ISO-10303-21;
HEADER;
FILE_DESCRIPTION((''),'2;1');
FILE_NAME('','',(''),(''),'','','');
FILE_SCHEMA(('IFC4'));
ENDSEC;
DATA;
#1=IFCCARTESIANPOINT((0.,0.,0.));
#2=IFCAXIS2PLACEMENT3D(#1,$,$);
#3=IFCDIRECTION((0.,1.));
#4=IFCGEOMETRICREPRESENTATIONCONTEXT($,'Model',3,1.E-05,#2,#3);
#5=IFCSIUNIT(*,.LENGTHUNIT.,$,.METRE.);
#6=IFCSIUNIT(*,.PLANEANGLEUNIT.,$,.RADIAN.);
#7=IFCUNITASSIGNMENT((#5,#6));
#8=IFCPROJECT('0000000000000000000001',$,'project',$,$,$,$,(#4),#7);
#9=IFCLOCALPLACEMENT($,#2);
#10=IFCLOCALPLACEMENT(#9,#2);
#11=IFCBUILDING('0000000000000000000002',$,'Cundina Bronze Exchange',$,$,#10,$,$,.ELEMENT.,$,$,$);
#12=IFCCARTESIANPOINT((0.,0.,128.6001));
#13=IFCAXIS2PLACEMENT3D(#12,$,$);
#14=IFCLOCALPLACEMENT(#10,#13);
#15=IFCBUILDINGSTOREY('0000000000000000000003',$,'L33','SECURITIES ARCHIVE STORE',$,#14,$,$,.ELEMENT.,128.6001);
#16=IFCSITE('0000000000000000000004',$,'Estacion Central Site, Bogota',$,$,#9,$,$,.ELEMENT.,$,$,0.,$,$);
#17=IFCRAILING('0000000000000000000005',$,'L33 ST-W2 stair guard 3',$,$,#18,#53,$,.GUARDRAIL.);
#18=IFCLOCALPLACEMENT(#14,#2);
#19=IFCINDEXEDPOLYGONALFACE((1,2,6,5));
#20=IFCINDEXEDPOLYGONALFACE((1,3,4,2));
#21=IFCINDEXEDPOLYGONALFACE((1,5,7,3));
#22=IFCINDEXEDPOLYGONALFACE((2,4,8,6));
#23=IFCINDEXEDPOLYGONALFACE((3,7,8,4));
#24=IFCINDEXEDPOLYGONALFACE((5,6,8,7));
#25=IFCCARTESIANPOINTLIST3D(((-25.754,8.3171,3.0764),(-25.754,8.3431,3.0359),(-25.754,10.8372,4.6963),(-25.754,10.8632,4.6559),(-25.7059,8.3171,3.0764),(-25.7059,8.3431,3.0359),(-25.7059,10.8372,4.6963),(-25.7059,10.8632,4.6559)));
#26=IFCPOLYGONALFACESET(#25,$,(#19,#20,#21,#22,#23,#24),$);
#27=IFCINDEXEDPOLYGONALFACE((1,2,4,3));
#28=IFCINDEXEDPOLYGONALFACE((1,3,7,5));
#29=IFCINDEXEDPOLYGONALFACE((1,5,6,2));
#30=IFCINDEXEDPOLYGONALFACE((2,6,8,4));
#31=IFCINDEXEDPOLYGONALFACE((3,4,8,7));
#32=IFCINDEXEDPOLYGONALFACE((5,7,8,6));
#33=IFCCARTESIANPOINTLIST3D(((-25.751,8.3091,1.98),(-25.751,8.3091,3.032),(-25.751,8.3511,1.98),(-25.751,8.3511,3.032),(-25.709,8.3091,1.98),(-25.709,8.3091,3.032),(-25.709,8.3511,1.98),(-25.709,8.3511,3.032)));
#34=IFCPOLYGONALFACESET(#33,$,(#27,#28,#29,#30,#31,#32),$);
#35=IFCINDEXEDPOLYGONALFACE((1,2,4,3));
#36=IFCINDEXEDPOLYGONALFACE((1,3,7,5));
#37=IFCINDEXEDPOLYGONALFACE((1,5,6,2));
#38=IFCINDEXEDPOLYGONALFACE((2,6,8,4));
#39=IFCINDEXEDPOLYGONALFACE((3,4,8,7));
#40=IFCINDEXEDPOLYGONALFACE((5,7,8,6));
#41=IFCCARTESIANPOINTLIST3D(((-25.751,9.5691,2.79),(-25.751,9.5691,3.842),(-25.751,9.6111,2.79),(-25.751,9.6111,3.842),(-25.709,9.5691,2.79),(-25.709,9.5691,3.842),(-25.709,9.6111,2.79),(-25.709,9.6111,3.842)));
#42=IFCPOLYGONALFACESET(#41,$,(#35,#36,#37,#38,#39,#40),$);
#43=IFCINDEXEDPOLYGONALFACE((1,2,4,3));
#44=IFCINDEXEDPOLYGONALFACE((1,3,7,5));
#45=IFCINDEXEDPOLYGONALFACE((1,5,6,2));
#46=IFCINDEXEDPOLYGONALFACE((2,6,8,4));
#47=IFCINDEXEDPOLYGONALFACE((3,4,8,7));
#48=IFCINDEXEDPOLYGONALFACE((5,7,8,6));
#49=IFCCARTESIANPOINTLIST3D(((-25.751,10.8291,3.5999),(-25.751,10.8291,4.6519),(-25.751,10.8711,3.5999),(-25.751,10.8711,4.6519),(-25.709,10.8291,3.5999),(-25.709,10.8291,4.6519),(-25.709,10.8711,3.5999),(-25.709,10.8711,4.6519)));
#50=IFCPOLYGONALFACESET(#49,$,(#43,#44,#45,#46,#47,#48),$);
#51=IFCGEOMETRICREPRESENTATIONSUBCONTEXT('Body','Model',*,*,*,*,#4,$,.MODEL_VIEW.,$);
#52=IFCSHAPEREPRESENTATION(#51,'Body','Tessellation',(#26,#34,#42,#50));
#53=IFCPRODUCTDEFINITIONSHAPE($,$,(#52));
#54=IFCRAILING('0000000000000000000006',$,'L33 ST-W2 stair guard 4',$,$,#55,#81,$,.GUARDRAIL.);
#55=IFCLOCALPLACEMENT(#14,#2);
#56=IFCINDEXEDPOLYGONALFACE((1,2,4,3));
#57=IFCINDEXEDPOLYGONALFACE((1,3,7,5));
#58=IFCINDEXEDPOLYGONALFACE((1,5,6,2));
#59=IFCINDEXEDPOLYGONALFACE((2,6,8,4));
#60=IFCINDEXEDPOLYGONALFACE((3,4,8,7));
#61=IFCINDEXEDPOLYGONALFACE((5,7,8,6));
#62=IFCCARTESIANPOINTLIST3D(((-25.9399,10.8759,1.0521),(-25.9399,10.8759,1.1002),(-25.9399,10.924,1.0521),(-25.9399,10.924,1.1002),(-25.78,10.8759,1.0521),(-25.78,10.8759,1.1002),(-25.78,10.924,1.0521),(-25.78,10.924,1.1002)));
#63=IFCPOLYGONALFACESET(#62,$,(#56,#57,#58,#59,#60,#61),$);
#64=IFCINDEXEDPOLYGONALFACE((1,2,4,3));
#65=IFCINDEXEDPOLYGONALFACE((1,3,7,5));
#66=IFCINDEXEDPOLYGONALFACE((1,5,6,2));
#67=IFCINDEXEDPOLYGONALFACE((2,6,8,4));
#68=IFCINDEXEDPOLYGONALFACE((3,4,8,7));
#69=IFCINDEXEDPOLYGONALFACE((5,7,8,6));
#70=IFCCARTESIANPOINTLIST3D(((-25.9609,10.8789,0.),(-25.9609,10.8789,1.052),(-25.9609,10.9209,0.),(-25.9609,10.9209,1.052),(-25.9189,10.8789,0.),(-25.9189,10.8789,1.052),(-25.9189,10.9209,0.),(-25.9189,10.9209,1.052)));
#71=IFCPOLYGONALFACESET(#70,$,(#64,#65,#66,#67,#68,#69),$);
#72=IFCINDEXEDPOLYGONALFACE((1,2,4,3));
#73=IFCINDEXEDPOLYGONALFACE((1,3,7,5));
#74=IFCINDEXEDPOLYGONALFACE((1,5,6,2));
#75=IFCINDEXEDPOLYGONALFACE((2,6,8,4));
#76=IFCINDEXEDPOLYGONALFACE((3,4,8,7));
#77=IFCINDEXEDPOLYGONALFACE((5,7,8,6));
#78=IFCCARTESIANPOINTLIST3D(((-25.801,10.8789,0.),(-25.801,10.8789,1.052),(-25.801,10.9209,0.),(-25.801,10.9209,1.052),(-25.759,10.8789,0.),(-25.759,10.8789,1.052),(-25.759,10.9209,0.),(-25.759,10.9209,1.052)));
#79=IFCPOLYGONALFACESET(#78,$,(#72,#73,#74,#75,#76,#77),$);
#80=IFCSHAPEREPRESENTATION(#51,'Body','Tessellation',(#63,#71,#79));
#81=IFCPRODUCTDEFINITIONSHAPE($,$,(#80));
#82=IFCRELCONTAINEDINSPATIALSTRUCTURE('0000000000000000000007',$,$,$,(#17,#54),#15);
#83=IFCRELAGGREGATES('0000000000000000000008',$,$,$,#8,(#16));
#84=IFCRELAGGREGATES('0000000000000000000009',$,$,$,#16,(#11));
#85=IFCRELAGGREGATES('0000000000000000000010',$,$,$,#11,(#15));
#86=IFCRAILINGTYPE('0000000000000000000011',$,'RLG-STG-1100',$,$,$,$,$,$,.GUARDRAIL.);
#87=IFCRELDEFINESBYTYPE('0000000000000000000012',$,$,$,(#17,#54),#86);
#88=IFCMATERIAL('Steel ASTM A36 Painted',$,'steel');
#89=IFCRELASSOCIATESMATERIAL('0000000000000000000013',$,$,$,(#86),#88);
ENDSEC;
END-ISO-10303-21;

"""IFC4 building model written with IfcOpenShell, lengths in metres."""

from ifc_helpers import new_model, si_unit, direction, frame, origin, origin_2d, place, context, subcontext, project, spatial, rectangle, extrude, material, type_object, element, save


model = new_model("IFC4")

# Units and contexts
model_context = context("Model", 3, precision=1e-05, world=origin(), true_north=direction((0.0, 1.0)))
body_context = subcontext(model_context, "Body", "Model", "MODEL_VIEW")
ifc_project = project(units=[si_unit("LENGTHUNIT", "METRE"), si_unit("PLANEANGLEUNIT", "RADIAN")], contexts=[model_context])

# Site, building, storey
site_placement = place(None, origin())
site = spatial("IfcSite", under=ifc_project, at=site_placement, Name="Estacion Central Site, Bogota", CompositionType="ELEMENT", RefElevation=0.0)
building_placement = place(site_placement, origin())
building = spatial("IfcBuilding", under=site, at=building_placement, Name="Cundina Bronze Exchange", CompositionType="ELEMENT")
storey_placement = place(building_placement, frame((0.0, 0.0, 128.6001)))
storey = spatial("IfcBuildingStorey", under=building, at=storey_placement, Name="L33", Description="SECURITIES ARCHIVE STORE", CompositionType="ELEMENT", Elevation=128.6001)

# Shared definitions
ifc_material_1 = material(Name="Steel ASTM A36 Painted", Category="steel")

# Railings
railing_type_1 = type_object("IfcRailingType", Name="RLG-STG-1100", PredefinedType="GUARDRAIL", material=ifc_material_1)
railing_1_placement = place(storey_placement, frame((-25.73, 8.3301, 1.98)))
element("IfcRailing", 1, at=railing_1_placement, inside=storey, type_object=railing_type_1, Name="L33 ST-W2 stair guard 3", PredefinedType="GUARDRAIL", context=body_context, shape_type="SweptSolid", body=[
    extrude(rectangle(XDim=0.0481, YDim=0.0481, at=origin_2d()), frame((0.0, 0.0, 1.0762), z_axis=(0.0, 0.8412, 0.540725), x_axis=(-1.0, 0.0, 0.0)), (0.0, 0.0, 1.0), 2.9958),
    extrude(rectangle(XDim=0.042, YDim=0.042, at=origin_2d()), origin(), (0.0, 0.0, 1.0), 1.052),
    extrude(rectangle(XDim=0.042, YDim=0.042, at=origin_2d()), frame((0.0, 1.26, 0.8101)), (0.0, 0.0, 1.0), 1.052),
    extrude(rectangle(XDim=0.042, YDim=0.042, at=origin_2d()), frame((0.0, 2.52, 1.6199)), (0.0, 0.0, 1.0), 1.052),
])
railing_2_placement = place(storey_placement, frame((-25.9399, 10.8999, 0.0)))
element("IfcRailing", 2, at=railing_2_placement, inside=storey, type_object=railing_type_1, Name="L33 ST-W2 stair guard 4", PredefinedType="GUARDRAIL", context=body_context, shape_type="SweptSolid", body=[
    extrude(rectangle(XDim=0.0481, YDim=0.0481, at=origin_2d()), frame((0.0, 0.0, 1.0762), z_axis=(1.0, 0.0, 0.0), x_axis=(0.0, 1.0, 0.0)), (0.0, 0.0, 1.0), 0.1599),
    extrude(rectangle(XDim=0.042, YDim=0.042, at=origin_2d()), origin(), (0.0, 0.0, 1.0), 1.052),
    extrude(rectangle(XDim=0.042, YDim=0.042, at=origin_2d()), frame((0.1599, 0.0, 0.0)), (0.0, 0.0, 1.0), 1.052),
])

save(model, "model.ifc")
